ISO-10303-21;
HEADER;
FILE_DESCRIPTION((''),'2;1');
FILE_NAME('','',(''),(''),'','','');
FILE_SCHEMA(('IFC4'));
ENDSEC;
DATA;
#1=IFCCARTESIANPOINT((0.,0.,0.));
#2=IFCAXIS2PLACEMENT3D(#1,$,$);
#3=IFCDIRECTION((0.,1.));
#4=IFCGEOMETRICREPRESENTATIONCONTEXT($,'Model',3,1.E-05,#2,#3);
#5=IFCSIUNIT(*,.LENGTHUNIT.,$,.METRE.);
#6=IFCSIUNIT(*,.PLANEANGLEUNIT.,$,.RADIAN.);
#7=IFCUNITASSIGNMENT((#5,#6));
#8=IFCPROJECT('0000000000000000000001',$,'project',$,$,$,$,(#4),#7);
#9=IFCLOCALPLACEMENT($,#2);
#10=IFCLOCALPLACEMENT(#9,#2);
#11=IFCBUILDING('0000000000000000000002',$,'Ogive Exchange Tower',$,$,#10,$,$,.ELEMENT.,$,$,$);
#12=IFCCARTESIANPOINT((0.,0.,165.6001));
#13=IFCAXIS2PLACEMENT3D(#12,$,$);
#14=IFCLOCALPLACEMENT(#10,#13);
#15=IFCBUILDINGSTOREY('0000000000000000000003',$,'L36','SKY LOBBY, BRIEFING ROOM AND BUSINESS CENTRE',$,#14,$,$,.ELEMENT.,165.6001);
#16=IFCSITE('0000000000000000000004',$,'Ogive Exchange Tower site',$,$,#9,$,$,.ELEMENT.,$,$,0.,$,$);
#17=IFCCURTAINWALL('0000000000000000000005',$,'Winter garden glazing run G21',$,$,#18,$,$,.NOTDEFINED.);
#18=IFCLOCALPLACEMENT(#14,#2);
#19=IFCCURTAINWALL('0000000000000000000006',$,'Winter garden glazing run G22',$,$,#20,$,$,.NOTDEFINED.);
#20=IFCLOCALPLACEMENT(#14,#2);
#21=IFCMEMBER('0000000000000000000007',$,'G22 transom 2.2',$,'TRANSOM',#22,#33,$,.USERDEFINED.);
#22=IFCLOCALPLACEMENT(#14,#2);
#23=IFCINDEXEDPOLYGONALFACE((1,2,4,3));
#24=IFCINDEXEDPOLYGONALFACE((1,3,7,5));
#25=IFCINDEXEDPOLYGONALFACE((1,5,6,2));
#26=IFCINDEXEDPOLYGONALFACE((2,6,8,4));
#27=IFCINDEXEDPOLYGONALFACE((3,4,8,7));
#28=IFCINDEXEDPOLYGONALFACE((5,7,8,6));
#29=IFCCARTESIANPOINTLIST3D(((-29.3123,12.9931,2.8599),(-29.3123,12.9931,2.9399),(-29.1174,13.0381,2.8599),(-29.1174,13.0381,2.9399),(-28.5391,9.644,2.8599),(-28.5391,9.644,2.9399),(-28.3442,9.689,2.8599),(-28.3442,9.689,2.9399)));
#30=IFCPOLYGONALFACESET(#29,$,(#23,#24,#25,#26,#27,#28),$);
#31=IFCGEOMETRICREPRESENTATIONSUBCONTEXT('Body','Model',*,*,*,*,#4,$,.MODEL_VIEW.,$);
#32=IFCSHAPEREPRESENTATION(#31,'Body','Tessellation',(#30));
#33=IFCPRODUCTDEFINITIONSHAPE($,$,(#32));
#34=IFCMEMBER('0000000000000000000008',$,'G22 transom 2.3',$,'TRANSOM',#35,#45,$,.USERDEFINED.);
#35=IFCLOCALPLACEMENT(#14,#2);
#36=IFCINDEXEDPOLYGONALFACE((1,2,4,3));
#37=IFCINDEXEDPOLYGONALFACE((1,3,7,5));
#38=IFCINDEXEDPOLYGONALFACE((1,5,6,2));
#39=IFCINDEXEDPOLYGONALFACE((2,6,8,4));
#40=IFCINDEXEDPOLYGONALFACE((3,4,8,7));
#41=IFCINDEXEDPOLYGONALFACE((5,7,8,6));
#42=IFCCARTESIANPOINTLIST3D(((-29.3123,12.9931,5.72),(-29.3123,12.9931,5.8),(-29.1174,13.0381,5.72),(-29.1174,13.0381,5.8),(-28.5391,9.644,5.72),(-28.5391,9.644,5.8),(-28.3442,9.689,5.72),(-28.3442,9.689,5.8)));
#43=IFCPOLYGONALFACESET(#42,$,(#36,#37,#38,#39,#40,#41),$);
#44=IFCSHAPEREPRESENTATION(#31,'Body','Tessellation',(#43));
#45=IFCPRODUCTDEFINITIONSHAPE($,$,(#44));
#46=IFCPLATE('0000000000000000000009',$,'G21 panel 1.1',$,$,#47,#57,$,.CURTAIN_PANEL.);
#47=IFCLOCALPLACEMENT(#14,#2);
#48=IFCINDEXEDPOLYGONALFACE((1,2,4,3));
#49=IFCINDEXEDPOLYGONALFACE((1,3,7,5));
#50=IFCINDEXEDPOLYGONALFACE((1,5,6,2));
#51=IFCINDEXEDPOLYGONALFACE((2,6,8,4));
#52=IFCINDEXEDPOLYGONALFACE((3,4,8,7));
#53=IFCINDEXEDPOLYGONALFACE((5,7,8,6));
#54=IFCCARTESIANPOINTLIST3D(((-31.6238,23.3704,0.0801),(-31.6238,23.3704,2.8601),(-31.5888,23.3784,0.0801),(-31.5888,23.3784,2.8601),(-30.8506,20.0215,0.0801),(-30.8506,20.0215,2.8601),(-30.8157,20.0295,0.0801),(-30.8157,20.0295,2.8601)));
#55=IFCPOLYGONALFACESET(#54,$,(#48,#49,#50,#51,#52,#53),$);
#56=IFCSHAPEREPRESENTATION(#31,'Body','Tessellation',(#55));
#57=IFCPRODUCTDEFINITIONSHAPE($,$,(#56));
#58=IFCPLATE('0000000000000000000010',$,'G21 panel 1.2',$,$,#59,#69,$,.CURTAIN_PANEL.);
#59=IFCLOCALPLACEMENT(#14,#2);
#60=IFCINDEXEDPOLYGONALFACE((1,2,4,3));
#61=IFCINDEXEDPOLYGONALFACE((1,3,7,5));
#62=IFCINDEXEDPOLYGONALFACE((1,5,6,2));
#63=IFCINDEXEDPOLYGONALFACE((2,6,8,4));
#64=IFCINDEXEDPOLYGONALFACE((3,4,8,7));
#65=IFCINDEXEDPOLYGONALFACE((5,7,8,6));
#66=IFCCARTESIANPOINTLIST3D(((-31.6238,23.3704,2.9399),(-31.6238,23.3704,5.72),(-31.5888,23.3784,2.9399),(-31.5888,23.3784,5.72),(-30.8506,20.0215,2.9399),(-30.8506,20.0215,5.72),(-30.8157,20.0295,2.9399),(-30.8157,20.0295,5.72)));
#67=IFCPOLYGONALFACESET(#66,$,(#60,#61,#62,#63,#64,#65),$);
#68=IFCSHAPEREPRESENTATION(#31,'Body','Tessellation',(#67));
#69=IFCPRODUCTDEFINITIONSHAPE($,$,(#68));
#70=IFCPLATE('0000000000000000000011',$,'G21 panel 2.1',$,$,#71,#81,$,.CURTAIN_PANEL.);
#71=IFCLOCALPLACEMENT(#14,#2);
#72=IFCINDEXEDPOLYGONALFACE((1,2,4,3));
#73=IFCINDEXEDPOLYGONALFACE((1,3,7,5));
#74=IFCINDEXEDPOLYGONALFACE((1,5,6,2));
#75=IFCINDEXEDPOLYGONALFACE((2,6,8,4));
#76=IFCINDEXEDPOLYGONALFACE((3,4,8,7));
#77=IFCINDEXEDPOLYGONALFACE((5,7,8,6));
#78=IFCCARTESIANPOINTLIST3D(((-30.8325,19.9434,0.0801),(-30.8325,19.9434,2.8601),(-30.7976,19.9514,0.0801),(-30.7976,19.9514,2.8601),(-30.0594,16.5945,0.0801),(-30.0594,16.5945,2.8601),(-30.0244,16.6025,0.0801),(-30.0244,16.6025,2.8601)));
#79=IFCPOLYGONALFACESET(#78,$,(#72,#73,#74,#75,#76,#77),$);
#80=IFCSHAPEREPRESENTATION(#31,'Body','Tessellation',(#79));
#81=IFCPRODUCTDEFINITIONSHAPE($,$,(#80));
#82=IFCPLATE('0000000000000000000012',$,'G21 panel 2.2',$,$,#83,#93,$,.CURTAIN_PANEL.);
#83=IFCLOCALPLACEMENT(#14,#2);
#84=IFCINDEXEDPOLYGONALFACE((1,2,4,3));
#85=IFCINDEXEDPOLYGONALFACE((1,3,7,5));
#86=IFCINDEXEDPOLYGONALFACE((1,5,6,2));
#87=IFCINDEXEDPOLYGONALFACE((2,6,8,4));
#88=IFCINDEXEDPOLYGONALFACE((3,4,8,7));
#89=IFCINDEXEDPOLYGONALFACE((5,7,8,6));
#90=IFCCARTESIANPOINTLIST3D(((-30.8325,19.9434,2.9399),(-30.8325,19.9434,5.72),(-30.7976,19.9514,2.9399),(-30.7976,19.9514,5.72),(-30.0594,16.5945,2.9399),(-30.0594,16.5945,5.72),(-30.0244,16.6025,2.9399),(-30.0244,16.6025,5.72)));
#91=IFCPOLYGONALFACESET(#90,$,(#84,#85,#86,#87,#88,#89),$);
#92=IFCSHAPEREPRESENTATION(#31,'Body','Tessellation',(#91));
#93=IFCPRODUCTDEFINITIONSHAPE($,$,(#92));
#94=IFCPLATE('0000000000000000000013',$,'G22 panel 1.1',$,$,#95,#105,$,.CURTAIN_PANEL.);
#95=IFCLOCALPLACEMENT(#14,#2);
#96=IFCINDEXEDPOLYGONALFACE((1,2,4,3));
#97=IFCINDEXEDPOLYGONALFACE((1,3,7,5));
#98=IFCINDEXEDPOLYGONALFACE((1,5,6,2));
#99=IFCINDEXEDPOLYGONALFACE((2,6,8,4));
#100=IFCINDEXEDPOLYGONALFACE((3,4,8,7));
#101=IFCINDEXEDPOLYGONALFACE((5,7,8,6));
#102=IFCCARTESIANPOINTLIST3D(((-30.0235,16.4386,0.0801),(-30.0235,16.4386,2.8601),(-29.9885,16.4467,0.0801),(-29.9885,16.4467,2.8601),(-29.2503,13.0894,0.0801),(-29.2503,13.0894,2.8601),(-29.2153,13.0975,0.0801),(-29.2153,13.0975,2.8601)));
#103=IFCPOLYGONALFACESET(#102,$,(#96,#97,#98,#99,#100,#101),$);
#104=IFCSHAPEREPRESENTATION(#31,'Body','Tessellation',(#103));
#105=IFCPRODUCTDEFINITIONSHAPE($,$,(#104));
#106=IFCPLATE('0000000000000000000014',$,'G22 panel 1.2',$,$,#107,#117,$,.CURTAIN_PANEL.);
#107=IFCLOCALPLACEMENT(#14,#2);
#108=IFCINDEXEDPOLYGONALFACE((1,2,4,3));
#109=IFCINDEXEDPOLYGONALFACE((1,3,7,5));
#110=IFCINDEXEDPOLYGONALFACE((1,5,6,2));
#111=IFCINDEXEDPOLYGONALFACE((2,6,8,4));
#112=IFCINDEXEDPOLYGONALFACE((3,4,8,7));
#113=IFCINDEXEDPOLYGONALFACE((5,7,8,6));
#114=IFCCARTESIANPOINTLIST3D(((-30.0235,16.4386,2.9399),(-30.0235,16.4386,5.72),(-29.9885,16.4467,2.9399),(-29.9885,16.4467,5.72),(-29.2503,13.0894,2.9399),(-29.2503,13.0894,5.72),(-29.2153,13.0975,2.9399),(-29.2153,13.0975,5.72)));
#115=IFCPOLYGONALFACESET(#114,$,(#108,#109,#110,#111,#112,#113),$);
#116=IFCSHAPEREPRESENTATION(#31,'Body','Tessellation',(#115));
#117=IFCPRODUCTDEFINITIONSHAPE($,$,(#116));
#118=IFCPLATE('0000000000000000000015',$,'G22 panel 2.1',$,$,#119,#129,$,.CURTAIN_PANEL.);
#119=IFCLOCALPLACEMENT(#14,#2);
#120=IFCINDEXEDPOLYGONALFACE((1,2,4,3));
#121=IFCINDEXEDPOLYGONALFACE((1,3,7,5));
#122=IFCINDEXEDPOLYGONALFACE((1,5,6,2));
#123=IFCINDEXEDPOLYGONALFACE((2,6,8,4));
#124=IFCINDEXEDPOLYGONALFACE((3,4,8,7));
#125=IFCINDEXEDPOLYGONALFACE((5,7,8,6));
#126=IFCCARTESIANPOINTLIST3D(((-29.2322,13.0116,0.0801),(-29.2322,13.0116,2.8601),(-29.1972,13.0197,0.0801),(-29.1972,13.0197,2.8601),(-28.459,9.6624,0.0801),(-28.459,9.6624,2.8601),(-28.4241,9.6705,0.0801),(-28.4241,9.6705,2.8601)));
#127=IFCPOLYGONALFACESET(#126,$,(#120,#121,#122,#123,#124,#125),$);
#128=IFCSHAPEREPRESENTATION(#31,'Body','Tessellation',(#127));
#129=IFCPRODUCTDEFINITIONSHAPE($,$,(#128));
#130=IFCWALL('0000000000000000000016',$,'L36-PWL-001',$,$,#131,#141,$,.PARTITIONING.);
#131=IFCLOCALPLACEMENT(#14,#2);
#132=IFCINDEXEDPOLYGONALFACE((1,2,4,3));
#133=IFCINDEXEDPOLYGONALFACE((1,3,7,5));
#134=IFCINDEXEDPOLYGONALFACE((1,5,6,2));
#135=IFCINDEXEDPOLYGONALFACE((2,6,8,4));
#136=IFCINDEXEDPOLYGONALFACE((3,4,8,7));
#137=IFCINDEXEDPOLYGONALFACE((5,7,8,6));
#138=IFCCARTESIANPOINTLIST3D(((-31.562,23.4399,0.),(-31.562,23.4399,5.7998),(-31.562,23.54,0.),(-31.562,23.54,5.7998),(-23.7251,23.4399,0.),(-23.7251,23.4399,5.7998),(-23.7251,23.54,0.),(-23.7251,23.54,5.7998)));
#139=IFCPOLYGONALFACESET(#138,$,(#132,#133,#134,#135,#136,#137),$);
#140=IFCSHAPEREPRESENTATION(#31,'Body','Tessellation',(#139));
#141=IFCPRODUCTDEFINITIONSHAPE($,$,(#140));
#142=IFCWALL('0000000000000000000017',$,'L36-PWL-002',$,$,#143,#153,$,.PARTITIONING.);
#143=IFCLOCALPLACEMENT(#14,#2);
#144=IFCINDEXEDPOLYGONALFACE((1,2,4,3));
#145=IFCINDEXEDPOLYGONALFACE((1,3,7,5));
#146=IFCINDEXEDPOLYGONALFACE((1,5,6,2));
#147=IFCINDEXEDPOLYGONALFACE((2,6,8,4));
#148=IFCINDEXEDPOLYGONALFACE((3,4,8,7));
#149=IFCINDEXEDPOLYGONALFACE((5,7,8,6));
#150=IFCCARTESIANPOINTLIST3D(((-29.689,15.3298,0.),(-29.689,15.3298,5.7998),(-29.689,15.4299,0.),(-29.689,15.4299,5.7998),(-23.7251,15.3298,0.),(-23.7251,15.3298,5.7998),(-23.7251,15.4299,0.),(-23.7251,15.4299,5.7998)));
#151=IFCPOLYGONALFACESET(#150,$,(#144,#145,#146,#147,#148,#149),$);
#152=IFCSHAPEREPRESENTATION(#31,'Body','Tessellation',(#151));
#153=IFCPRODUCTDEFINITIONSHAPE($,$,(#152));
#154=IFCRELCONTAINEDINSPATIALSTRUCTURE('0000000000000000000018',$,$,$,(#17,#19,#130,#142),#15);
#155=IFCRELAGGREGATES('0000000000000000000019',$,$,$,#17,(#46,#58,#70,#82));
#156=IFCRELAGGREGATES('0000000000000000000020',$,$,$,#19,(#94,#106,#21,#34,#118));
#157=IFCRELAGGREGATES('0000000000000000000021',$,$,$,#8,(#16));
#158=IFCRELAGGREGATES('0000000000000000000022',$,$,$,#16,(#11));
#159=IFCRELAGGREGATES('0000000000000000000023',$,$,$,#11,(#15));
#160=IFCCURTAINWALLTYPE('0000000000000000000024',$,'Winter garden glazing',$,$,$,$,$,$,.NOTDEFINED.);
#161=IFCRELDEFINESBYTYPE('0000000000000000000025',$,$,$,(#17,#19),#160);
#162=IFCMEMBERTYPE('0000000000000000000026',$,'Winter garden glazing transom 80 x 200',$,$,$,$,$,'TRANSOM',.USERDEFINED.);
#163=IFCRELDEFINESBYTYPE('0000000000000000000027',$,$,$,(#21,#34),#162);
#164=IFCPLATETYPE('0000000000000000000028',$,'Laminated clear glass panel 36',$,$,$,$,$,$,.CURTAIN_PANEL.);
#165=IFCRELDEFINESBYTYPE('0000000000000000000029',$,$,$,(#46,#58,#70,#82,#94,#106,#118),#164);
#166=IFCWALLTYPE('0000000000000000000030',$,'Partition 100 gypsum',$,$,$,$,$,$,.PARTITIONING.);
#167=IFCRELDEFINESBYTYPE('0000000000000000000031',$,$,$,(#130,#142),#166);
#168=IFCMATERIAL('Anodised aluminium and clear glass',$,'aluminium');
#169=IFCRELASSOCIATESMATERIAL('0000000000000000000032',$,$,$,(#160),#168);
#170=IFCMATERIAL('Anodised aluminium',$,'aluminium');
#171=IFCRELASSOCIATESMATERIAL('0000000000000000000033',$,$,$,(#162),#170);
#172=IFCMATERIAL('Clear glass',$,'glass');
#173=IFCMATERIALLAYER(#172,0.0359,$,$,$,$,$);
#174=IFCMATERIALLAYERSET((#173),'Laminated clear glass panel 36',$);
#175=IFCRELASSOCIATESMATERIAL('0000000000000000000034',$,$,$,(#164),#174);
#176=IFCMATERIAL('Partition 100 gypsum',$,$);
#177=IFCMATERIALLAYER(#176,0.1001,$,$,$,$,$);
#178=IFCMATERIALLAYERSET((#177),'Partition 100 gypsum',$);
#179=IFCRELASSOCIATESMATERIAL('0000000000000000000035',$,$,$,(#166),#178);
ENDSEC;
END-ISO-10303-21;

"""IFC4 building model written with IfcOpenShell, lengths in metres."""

from ifc_helpers import new_model, si_unit, direction, frame, frame_2d, origin, origin_2d, place, context, subcontext, project, spatial, rectangle, extrude, material, layer, layer_set, material_profile, profile_set, type_object, element, aggregate, save


model = new_model("IFC4")

# Units and contexts
model_context = context("Model", 3, precision=1e-05, world=origin(), true_north=direction((0.0, 1.0)))
body_context = subcontext(model_context, "Body", "Model", "MODEL_VIEW")
ifc_project = project(units=[si_unit("LENGTHUNIT", "METRE"), si_unit("PLANEANGLEUNIT", "RADIAN")], contexts=[model_context])

# Site, building, storey
site_placement = place(None, origin())
site = spatial("IfcSite", under=ifc_project, at=site_placement, Name="Ogive Exchange Tower site", CompositionType="ELEMENT", RefElevation=0.0)
building_placement = place(site_placement, origin())
building = spatial("IfcBuilding", under=site, at=building_placement, Name="Ogive Exchange Tower", CompositionType="ELEMENT")
storey_placement = place(building_placement, frame((0.0, 0.0, 165.6001)))
storey = spatial("IfcBuildingStorey", under=building, at=storey_placement, Name="L36", Description="SKY LOBBY, BRIEFING ROOM AND BUSINESS CENTRE", CompositionType="ELEMENT", Elevation=165.6001)

# Curtain walls
ifc_material_1 = material(Name="Anodised aluminium and clear glass", Category="aluminium")
curtain_wall_type = type_object("IfcCurtainWallType", Name="Winter garden glazing", PredefinedType="NOTDEFINED", material=ifc_material_1)
curtain_wall_1_placement = place(storey_placement, origin())
curtain_wall_1 = element("IfcCurtainWall", 1, at=curtain_wall_1_placement, inside=storey, type_object=curtain_wall_type, Name="Winter garden glazing run G21", PredefinedType="NOTDEFINED")
ifc_material_2 = material(Name="Anodised aluminium", Category="aluminium")
curtain_wall_2_placement = place(storey_placement, origin())
curtain_wall_2 = element("IfcCurtainWall", 2, at=curtain_wall_2_placement, inside=storey, type_object=curtain_wall_type, Name="Winter garden glazing run G22", PredefinedType="NOTDEFINED")

# Members
ifc_material_profile_1 = material_profile(ifc_material_2, rectangle(XDim=0.2, YDim=0.0801, at=origin_2d()), Name="AL 80x200")
ifc_profile_set_1 = profile_set([ifc_material_profile_1], Name="Anodised aluminium")
member_type_1 = type_object("IfcMemberType", Name="Winter garden glazing transom 80 x 200", ElementType="TRANSOM", PredefinedType="USERDEFINED", material=ifc_profile_set_1)
member_1_placement = place(storey_placement, frame((-29.2148, 13.0156, 2.8999), z_axis=(0.224948, -0.974371, 0.0), x_axis=(0.974371, 0.224948, 0.0)))
member_1 = element("IfcMember", 3, at=member_1_placement, type_object=member_type_1, Name="G22 transom 2.2", ObjectType="TRANSOM", PredefinedType="USERDEFINED", context=body_context, shape_type="SweptSolid", body=[
    extrude(rectangle(XDim=0.2, YDim=0.0801, at=origin_2d()), origin(), (0.0, 0.0, 1.0), 3.4373),
])
member_2_placement = place(storey_placement, frame((-29.2148, 13.0156, 5.76), z_axis=(0.224948, -0.974371, 0.0), x_axis=(0.974371, 0.224948, 0.0)))
member_2 = element("IfcMember", 4, at=member_2_placement, type_object=member_type_1, Name="G22 transom 2.3", ObjectType="TRANSOM", PredefinedType="USERDEFINED", context=body_context, shape_type="SweptSolid", body=[
    extrude(rectangle(XDim=0.2, YDim=0.0801, at=origin_2d()), origin(), (0.0, 0.0, 1.0), 3.4373),
])

# Plates
ifc_material_3 = material(Name="Clear glass", Category="glass")
ifc_layer_1 = layer(ifc_material_3, 0.0359)
ifc_layer_set_1 = layer_set([ifc_layer_1], Name="Laminated clear glass panel 36")
plate_type = type_object("IfcPlateType", Name="Laminated clear glass panel 36", PredefinedType="CURTAIN_PANEL", material=ifc_layer_set_1)
plate_1_placement = place(storey_placement, frame((-31.2197, 21.7, 0.0801), z_axis=(0.0, 0.0, 1.0), x_axis=(0.224957, -0.974369, 0.0)))
plate_1 = element("IfcPlate", 5, at=plate_1_placement, type_object=plate_type, Name="G21 panel 1.1", PredefinedType="CURTAIN_PANEL", context=body_context, shape_type="SweptSolid", body=[
    extrude(rectangle(XDim=3.437, YDim=0.0359, at=origin_2d()), origin(), (0.0, 0.0, 1.0), 2.78),
])
plate_2_placement = place(storey_placement, frame((-31.2197, 21.7, 2.9399), z_axis=(0.0, 0.0, 1.0), x_axis=(0.224957, -0.974369, 0.0)))
plate_2 = element("IfcPlate", 6, at=plate_2_placement, type_object=plate_type, Name="G21 panel 1.2", PredefinedType="CURTAIN_PANEL", context=body_context, shape_type="SweptSolid", body=[
    extrude(rectangle(XDim=3.437, YDim=0.0359, at=origin_2d()), origin(), (0.0, 0.0, 1.0), 2.78),
])
plate_3_placement = place(storey_placement, frame((-30.4285, 18.2729, 0.0801), z_axis=(0.0, 0.0, 1.0), x_axis=(0.224957, -0.974369, 0.0)))
plate_3 = element("IfcPlate", 7, at=plate_3_placement, type_object=plate_type, Name="G21 panel 2.1", PredefinedType="CURTAIN_PANEL", context=body_context, shape_type="SweptSolid", body=[
    extrude(rectangle(XDim=3.437, YDim=0.0359, at=origin_2d()), origin(), (0.0, 0.0, 1.0), 2.78),
])
plate_4_placement = place(storey_placement, frame((-30.4285, 18.2729, 2.9399), z_axis=(0.0, 0.0, 1.0), x_axis=(0.224957, -0.974369, 0.0)))
plate_4 = element("IfcPlate", 8, at=plate_4_placement, type_object=plate_type, Name="G21 panel 2.2", PredefinedType="CURTAIN_PANEL", context=body_context, shape_type="SweptSolid", body=[
    extrude(rectangle(XDim=3.437, YDim=0.0359, at=origin_2d()), origin(), (0.0, 0.0, 1.0), 2.78),
])
aggregate(curtain_wall_1, [plate_1, plate_2, plate_3, plate_4])
plate_5_placement = place(storey_placement, frame((-29.6194, 14.7681, 0.0801), z_axis=(0.0, 0.0, 1.0), x_axis=(0.224941, -0.974372, 0.0)))
plate_5 = element("IfcPlate", 9, at=plate_5_placement, type_object=plate_type, Name="G22 panel 1.1", PredefinedType="CURTAIN_PANEL", context=body_context, shape_type="SweptSolid", body=[
    extrude(rectangle(XDim=3.4373, YDim=0.0359, at=origin_2d()), origin(), (0.0, 0.0, 1.0), 2.78),
])
plate_6_placement = place(storey_placement, frame((-29.6194, 14.7681, 2.9399), z_axis=(0.0, 0.0, 1.0), x_axis=(0.224941, -0.974372, 0.0)))
plate_6 = element("IfcPlate", 10, at=plate_6_placement, type_object=plate_type, Name="G22 panel 1.2", PredefinedType="CURTAIN_PANEL", context=body_context, shape_type="SweptSolid", body=[
    extrude(rectangle(XDim=3.4373, YDim=0.0359, at=origin_2d()), origin(), (0.0, 0.0, 1.0), 2.78),
])
plate_7_placement = place(storey_placement, frame((-28.8281, 11.3411, 0.0801), z_axis=(0.0, 0.0, 1.0), x_axis=(0.224941, -0.974372, 0.0)))
plate_7 = element("IfcPlate", 11, at=plate_7_placement, type_object=plate_type, Name="G22 panel 2.1", PredefinedType="CURTAIN_PANEL", context=body_context, shape_type="SweptSolid", body=[
    extrude(rectangle(XDim=3.4373, YDim=0.0359, at=origin_2d()), origin(), (0.0, 0.0, 1.0), 2.78),
])
aggregate(curtain_wall_2, [plate_5, plate_6, member_1, member_2, plate_7])

# Walls
ifc_material_4 = material(Name="Partition 100 gypsum")
ifc_layer_2 = layer(ifc_material_4, 0.1001)
ifc_layer_set_2 = layer_set([ifc_layer_2], Name="Partition 100 gypsum")
wall_type = type_object("IfcWallType", Name="Partition 100 gypsum", PredefinedType="PARTITIONING", material=ifc_layer_set_2)
wall_1_placement = place(storey_placement, frame((-31.562, 23.49, 0.0), z_axis=(0.0, 0.0, 1.0), x_axis=(1.0, 0.0, 0.0)))
element("IfcWall", 12, at=wall_1_placement, inside=storey, type_object=wall_type, Name="L36-PWL-001", PredefinedType="PARTITIONING", context=body_context, shape_type="SweptSolid", body=[
    extrude(rectangle(XDim=7.8369, YDim=0.1001, at=frame_2d((3.9185, 0.0))), origin(), (0.0, 0.0, 1.0), 5.7998),
])
wall_2_placement = place(storey_placement, frame((-29.689, 15.3799, 0.0), z_axis=(0.0, 0.0, 1.0), x_axis=(1.0, 0.0, 0.0)))
element("IfcWall", 13, at=wall_2_placement, inside=storey, type_object=wall_type, Name="L36-PWL-002", PredefinedType="PARTITIONING", context=body_context, shape_type="SweptSolid", body=[
    extrude(rectangle(XDim=5.9639, YDim=0.1001, at=frame_2d((2.9819, 0.0))), origin(), (0.0, 0.0, 1.0), 5.7998),
])

save(model, "model.ifc")
